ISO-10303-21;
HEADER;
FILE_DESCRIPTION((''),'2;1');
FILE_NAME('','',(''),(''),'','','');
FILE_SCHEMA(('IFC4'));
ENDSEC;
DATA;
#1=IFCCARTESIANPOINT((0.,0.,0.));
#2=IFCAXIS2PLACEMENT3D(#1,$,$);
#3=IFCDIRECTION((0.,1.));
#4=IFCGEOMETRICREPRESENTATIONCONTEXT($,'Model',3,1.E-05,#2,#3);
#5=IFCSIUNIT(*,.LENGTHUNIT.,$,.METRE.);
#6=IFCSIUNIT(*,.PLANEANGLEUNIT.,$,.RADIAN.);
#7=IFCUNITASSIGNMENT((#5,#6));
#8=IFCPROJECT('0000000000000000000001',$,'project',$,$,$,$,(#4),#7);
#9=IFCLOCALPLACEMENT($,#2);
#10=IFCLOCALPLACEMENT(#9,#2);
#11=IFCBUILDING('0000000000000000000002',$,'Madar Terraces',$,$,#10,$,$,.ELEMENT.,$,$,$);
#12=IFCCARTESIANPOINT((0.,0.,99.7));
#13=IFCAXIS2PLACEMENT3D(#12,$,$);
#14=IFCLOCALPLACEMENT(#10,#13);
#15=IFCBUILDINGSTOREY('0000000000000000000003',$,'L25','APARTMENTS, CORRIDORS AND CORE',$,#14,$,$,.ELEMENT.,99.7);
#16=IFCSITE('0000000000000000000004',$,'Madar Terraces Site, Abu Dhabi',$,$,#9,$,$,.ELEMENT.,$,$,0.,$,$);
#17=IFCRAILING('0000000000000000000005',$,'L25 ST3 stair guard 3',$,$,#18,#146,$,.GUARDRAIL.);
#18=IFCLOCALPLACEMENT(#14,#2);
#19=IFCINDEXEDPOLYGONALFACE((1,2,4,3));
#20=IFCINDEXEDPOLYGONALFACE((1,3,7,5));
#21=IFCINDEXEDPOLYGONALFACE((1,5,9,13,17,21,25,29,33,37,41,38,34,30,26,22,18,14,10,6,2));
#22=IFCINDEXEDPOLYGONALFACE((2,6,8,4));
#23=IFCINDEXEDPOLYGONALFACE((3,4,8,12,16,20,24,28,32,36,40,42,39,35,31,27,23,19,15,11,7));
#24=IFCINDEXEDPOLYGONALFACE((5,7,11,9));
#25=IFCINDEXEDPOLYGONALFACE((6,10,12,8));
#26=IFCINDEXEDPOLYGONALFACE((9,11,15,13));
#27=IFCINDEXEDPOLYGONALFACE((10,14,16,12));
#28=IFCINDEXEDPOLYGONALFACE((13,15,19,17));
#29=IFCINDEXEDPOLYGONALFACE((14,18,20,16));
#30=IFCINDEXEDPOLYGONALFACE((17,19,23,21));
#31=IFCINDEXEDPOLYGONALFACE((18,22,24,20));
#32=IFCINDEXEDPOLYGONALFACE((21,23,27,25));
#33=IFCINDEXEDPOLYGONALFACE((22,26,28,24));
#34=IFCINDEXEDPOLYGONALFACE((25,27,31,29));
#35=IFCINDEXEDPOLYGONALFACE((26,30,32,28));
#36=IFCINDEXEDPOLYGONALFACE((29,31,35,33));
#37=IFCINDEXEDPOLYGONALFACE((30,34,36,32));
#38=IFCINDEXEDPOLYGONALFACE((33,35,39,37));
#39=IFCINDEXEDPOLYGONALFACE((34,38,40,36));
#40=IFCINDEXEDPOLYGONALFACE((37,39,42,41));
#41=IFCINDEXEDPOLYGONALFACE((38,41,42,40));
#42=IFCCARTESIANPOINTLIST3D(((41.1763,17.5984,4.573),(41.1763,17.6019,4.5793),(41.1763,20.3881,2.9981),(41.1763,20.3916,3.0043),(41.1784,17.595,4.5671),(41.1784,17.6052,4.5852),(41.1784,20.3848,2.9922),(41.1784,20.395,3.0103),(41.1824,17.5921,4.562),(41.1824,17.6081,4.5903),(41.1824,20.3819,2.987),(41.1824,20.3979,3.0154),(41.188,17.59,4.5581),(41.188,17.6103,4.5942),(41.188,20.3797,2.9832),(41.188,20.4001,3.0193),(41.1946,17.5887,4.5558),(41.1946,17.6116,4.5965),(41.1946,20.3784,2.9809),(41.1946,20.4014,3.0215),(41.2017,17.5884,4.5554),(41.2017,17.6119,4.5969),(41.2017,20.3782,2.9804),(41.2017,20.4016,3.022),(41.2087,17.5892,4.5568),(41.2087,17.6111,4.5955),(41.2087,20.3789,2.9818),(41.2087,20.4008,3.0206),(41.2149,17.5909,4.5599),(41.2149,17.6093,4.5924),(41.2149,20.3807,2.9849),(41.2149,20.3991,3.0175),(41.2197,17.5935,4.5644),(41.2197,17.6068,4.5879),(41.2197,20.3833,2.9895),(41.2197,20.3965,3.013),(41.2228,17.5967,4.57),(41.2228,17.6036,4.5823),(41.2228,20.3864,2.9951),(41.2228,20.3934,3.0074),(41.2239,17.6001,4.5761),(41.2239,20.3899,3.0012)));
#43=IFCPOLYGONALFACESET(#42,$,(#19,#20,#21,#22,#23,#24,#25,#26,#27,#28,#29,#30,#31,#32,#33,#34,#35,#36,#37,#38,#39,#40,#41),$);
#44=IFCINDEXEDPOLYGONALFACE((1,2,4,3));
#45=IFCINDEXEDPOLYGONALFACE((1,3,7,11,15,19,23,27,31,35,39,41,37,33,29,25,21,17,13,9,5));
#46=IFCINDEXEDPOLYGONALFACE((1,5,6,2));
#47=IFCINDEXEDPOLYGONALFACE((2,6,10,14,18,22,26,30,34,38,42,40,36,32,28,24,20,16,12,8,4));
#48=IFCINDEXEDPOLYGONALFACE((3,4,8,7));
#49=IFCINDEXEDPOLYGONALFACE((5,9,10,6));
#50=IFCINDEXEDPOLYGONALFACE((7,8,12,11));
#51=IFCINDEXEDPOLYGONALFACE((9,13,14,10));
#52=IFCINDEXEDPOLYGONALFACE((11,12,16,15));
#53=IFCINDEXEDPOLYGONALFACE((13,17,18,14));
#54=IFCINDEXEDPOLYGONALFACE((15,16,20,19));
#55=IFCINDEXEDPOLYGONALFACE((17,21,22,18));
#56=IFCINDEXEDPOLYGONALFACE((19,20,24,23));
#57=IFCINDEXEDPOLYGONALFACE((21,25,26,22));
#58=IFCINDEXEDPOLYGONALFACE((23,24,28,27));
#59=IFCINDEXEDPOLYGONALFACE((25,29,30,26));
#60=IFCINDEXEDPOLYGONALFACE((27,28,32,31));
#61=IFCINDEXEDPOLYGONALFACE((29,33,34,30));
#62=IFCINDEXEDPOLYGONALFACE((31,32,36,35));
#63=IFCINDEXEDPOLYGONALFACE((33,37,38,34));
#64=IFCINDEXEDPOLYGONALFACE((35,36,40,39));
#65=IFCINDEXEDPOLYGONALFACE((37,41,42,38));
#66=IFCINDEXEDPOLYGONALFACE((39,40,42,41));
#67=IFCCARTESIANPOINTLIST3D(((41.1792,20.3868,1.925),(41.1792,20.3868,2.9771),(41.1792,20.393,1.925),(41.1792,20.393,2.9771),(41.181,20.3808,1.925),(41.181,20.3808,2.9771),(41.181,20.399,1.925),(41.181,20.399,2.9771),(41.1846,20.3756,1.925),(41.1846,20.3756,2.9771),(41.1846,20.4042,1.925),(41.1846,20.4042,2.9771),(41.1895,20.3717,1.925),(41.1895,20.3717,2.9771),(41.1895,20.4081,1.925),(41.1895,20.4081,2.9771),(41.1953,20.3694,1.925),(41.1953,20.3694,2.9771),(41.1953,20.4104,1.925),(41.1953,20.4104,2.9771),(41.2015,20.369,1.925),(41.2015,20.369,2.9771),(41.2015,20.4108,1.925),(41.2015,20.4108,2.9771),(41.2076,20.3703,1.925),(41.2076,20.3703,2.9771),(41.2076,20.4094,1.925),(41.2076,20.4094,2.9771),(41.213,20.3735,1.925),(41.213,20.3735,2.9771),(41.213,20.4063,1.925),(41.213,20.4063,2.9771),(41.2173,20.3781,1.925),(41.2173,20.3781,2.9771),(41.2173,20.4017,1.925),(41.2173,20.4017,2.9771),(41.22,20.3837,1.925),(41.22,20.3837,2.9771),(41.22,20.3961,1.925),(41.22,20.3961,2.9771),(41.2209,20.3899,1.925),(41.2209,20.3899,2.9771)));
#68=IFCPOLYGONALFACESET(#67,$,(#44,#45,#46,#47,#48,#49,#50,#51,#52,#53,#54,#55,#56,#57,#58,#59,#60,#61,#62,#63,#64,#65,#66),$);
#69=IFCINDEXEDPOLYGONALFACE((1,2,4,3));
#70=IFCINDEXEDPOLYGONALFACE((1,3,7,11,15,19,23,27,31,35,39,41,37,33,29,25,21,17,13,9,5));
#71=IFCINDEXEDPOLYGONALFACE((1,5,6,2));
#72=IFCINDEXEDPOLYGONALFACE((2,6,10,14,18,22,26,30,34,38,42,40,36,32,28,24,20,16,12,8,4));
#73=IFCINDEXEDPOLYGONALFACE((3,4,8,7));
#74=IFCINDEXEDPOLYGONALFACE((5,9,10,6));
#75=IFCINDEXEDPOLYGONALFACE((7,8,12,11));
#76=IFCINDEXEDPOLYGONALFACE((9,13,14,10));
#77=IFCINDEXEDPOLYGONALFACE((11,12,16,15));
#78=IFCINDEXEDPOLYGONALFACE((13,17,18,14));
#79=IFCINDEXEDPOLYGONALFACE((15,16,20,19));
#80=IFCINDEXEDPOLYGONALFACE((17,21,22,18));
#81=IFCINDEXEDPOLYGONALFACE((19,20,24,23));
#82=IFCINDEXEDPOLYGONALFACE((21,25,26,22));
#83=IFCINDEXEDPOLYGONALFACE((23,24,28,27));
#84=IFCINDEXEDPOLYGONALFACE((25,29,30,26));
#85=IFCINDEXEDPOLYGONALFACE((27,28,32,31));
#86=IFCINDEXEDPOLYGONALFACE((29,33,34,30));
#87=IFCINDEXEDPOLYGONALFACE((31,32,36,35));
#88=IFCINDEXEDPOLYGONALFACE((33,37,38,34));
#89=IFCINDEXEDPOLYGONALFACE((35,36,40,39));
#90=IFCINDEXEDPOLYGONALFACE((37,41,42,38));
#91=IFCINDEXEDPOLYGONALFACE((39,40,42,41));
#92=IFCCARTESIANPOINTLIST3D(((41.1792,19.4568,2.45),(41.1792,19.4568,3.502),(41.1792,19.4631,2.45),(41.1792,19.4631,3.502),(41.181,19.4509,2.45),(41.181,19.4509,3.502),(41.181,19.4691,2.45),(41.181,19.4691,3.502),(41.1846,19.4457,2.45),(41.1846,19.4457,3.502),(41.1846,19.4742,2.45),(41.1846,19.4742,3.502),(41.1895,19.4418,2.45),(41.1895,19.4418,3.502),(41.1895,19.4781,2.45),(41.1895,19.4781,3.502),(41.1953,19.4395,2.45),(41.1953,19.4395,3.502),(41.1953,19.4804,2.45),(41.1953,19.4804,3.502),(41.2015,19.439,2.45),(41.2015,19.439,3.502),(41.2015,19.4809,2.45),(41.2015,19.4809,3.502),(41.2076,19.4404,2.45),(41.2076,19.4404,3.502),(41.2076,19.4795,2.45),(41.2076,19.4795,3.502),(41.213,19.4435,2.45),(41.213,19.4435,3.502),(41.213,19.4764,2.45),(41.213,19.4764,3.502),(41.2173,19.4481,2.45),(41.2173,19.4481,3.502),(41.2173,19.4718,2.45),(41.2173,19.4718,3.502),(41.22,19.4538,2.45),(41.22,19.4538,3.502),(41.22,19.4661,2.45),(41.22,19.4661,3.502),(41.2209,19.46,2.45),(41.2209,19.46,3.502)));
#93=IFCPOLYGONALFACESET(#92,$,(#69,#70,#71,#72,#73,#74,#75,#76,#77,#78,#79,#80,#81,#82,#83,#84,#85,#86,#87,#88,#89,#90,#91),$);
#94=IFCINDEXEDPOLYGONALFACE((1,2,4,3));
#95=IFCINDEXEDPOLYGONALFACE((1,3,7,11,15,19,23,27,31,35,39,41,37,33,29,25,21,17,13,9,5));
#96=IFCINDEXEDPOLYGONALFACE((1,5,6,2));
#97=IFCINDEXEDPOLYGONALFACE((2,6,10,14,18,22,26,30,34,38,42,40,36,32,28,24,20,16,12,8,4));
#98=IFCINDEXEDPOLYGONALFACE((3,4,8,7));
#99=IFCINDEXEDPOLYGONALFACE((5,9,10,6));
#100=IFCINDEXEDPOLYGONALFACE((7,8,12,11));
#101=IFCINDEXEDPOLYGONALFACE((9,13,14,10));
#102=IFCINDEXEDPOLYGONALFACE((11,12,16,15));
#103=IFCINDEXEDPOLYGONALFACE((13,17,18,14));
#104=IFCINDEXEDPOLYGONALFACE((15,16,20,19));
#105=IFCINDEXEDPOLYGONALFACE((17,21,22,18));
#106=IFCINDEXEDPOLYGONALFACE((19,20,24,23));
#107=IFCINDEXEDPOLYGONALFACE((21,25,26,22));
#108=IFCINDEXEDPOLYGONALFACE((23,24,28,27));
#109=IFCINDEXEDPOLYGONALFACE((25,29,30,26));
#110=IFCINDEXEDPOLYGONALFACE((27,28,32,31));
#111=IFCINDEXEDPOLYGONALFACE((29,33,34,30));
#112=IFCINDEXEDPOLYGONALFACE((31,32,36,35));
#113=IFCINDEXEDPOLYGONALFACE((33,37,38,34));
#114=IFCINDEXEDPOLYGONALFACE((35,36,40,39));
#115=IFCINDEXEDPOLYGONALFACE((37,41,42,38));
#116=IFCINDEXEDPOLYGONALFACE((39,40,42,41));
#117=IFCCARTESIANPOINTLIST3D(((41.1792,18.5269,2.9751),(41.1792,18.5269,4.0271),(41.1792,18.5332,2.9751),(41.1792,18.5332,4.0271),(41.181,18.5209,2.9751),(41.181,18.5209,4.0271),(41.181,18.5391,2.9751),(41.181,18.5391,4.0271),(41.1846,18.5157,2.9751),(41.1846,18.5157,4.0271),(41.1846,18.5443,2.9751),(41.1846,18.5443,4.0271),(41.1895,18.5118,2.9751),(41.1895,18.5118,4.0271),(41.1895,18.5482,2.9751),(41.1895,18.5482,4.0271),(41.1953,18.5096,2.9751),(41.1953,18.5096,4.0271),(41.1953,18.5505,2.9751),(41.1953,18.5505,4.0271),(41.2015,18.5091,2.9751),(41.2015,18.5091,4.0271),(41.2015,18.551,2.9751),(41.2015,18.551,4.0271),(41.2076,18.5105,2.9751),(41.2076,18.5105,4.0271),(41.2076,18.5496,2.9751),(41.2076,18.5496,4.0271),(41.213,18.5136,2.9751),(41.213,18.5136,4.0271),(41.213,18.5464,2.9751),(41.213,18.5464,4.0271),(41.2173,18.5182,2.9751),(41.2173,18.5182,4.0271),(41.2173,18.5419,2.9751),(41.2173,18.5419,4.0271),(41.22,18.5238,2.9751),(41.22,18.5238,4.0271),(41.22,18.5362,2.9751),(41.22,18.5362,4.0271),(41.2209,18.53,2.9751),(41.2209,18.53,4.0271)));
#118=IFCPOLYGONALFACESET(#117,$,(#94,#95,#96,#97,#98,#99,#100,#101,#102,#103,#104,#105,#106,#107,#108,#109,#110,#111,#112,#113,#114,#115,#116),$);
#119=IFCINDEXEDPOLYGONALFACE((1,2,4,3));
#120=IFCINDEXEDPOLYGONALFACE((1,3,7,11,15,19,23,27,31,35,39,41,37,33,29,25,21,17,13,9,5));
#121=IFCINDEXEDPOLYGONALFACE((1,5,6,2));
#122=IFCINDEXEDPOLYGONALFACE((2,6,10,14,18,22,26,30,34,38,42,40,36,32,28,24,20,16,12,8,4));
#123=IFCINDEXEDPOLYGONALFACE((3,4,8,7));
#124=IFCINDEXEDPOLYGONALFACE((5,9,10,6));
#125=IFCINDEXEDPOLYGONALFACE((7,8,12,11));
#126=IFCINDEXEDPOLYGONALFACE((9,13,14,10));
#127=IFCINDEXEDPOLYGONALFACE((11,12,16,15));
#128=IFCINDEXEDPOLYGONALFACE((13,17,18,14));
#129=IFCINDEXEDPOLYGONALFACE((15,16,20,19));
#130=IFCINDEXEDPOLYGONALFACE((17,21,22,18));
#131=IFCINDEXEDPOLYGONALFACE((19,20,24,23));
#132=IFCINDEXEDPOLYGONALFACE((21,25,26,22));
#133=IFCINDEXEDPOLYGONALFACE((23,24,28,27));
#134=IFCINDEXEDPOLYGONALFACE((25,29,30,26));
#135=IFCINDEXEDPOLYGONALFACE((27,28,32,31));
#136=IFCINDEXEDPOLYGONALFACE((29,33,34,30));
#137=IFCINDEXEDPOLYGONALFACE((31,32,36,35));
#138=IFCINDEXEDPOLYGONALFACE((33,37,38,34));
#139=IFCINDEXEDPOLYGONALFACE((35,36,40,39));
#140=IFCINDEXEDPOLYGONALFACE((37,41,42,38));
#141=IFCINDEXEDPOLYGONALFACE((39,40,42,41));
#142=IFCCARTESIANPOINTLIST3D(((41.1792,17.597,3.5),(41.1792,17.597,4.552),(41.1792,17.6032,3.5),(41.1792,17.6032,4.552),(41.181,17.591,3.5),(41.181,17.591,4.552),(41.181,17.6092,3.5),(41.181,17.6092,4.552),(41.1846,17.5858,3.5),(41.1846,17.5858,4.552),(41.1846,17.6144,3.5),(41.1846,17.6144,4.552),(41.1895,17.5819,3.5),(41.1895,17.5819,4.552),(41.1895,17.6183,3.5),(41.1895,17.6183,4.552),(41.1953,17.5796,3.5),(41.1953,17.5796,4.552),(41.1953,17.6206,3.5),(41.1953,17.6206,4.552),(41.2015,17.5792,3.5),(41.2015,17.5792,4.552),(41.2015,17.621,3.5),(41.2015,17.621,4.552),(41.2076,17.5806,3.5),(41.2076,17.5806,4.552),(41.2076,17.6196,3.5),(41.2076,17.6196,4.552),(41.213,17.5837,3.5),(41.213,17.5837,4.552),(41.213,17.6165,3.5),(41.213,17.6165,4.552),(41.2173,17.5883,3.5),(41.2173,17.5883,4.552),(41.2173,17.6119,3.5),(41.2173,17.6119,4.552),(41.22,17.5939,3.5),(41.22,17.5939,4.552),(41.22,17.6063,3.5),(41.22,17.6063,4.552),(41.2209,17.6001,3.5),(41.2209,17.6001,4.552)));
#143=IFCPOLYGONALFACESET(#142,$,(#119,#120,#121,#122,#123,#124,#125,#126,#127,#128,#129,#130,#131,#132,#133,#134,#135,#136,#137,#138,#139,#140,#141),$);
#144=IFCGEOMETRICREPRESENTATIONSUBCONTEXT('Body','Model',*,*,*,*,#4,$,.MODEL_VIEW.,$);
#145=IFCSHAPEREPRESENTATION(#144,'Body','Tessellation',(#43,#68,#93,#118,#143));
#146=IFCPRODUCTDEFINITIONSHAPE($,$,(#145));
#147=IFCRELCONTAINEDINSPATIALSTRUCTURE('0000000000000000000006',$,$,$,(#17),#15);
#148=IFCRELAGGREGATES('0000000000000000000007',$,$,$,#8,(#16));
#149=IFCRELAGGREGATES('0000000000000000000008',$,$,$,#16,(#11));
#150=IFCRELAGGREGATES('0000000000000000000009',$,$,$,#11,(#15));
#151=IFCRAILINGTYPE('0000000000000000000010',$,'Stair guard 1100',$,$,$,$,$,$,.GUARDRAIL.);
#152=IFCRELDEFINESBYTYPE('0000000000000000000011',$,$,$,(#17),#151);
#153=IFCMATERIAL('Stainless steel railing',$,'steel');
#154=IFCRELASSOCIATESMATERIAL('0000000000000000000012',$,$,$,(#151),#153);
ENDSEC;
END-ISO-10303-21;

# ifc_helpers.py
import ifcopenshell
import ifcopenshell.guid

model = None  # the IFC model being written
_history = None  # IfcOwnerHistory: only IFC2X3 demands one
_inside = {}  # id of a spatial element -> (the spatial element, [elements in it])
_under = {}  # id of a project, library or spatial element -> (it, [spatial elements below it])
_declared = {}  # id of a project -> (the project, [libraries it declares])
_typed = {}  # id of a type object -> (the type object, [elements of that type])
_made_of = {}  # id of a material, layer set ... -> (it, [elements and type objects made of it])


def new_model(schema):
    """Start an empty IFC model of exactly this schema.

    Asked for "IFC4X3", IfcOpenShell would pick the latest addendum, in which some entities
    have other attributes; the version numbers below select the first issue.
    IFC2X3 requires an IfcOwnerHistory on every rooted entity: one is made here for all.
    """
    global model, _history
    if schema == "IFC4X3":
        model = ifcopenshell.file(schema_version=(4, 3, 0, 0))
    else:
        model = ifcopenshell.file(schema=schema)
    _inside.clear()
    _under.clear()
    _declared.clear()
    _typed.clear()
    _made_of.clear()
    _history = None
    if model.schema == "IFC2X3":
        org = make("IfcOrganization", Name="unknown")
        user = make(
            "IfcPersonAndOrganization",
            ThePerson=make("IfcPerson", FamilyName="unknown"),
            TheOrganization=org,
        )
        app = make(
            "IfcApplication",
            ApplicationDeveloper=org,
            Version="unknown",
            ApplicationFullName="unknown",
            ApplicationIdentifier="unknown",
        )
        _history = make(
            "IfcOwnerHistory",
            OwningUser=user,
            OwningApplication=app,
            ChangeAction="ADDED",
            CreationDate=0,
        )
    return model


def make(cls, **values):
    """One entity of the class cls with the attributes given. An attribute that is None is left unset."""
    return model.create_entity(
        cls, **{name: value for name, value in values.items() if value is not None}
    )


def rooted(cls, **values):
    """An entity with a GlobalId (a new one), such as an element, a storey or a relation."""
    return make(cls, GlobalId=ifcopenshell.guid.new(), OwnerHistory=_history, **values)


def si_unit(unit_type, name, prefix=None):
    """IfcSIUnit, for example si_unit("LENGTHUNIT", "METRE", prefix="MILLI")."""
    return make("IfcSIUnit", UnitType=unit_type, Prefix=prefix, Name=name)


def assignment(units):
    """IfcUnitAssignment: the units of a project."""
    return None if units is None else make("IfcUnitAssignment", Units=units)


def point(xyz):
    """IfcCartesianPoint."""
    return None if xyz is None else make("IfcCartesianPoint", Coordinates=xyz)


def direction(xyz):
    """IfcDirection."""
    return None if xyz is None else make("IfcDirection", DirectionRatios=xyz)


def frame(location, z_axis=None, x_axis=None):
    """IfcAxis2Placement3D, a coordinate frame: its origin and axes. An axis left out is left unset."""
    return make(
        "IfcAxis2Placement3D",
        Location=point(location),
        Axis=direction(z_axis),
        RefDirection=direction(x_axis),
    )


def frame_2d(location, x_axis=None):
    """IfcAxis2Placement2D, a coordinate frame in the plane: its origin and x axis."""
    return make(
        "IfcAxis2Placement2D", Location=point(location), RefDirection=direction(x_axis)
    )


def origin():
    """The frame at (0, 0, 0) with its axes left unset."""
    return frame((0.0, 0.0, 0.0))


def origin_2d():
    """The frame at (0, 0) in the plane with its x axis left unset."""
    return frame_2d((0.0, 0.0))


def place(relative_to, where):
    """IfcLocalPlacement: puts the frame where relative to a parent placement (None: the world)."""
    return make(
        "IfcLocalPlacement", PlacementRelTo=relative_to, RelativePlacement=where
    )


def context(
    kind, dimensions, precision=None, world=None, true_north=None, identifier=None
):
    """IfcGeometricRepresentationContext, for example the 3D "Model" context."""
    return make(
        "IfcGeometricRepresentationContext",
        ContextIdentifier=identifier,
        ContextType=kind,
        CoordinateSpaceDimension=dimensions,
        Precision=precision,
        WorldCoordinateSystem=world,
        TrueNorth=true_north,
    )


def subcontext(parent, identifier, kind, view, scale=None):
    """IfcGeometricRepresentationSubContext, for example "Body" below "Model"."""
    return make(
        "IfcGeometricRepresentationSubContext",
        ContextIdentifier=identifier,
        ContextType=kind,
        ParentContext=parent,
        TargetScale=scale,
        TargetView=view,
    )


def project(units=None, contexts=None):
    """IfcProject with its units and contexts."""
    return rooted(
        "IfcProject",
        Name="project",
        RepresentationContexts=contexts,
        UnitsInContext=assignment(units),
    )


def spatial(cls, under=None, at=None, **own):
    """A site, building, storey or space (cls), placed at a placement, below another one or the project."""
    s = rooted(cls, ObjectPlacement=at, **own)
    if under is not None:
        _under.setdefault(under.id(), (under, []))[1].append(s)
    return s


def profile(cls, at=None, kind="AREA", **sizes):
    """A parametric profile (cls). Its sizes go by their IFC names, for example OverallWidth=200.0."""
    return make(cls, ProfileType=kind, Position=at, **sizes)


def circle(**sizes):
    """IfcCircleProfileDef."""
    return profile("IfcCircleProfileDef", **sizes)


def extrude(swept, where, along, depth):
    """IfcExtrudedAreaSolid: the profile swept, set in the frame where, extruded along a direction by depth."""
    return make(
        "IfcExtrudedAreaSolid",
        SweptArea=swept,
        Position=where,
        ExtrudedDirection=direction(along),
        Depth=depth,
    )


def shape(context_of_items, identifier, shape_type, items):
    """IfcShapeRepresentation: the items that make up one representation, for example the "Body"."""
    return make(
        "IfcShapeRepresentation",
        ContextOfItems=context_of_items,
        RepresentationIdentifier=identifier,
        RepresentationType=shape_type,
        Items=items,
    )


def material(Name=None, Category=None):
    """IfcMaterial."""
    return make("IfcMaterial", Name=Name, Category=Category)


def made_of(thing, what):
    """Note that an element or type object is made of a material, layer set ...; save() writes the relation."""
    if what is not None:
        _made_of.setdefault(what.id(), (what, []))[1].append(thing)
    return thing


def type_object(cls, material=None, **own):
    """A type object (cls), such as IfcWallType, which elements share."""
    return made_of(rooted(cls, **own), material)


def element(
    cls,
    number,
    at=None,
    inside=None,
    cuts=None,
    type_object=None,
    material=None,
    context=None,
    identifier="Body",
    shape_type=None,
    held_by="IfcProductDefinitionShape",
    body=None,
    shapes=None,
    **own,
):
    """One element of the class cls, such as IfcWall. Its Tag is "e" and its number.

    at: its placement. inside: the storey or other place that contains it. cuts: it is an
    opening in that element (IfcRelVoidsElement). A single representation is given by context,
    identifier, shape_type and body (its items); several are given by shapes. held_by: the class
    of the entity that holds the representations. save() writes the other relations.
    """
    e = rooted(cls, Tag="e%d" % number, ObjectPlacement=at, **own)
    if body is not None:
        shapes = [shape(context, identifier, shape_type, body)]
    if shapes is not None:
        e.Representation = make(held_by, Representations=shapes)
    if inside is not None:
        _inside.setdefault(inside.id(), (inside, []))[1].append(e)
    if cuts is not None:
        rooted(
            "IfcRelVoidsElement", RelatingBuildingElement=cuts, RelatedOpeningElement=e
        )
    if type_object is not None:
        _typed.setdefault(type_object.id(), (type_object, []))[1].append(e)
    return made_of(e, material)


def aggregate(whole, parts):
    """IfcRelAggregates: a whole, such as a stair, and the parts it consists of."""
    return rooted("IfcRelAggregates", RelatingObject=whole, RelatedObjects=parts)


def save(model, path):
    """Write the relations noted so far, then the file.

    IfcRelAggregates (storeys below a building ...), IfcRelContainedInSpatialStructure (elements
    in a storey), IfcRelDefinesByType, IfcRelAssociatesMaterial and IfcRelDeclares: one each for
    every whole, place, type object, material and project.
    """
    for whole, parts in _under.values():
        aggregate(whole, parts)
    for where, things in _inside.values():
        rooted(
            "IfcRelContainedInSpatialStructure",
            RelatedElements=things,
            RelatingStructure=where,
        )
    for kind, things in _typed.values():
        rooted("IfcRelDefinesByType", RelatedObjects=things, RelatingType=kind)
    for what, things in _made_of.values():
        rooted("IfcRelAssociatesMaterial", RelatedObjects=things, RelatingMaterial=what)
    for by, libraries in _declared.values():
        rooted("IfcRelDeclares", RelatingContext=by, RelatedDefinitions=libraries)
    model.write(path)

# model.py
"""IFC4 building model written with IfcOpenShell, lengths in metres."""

from ifc_helpers import new_model, si_unit, direction, frame, origin, origin_2d, place, context, subcontext, project, spatial, circle, extrude, material, type_object, element, save


model = new_model("IFC4")

# Units and contexts
model_context = context("Model", 3, precision=1e-05, world=origin(), true_north=direction((0.0, 1.0)))
body_context = subcontext(model_context, "Body", "Model", "MODEL_VIEW")
ifc_project = project(units=[si_unit("LENGTHUNIT", "METRE"), si_unit("PLANEANGLEUNIT", "RADIAN")], contexts=[model_context])

# Site, building, storey
site_placement = place(None, origin())
site = spatial("IfcSite", under=ifc_project, at=site_placement, Name="Madar Terraces Site, Abu Dhabi", CompositionType="ELEMENT", RefElevation=0.0)
building_placement = place(site_placement, origin())
building = spatial("IfcBuilding", under=site, at=building_placement, Name="Madar Terraces", CompositionType="ELEMENT")
storey_placement = place(building_placement, frame((0.0, 0.0, 99.7)))
storey = spatial("IfcBuildingStorey", under=building, at=storey_placement, Name="L25", Description="APARTMENTS, CORRIDORS AND CORE", CompositionType="ELEMENT", Elevation=99.7)

# Railing
ifc_material_1 = material(Name="Stainless steel railing", Category="steel")
railing_type_1 = type_object("IfcRailingType", Name="Stair guard 1100", PredefinedType="GUARDRAIL", material=ifc_material_1)
railing_1_placement = place(storey_placement, frame((41.2, 20.3899, 1.925)))
element("IfcRailing", 1, at=railing_1_placement, inside=storey, type_object=railing_type_1, Name="L25 ST3 stair guard 3", PredefinedType="GUARDRAIL", context=body_context, shape_type="SweptSolid", body=[
    extrude(circle(Radius=0.0239, at=origin_2d()), frame((0.0, 0.0, 1.0762), z_axis=(0.0, -0.870815, 0.49161), x_axis=(1.0, 0.0, 0.0)), (0.0, 0.0, 1.0), 3.2036),
    extrude(circle(Radius=0.021, at=origin_2d()), origin(), (0.0, 0.0, 1.0), 1.052),
    extrude(circle(Radius=0.021, at=origin_2d()), frame((0.0, -0.9299, 0.5249)), (0.0, 0.0, 1.0), 1.052),
    extrude(circle(Radius=0.021, at=origin_2d()), frame((0.0, -1.8599, 1.05)), (0.0, 0.0, 1.0), 1.052),
    extrude(circle(Radius=0.021, at=origin_2d()), frame((0.0, -2.7898, 1.575)), (0.0, 0.0, 1.0), 1.052),
])

save(model, "model.ifc")
